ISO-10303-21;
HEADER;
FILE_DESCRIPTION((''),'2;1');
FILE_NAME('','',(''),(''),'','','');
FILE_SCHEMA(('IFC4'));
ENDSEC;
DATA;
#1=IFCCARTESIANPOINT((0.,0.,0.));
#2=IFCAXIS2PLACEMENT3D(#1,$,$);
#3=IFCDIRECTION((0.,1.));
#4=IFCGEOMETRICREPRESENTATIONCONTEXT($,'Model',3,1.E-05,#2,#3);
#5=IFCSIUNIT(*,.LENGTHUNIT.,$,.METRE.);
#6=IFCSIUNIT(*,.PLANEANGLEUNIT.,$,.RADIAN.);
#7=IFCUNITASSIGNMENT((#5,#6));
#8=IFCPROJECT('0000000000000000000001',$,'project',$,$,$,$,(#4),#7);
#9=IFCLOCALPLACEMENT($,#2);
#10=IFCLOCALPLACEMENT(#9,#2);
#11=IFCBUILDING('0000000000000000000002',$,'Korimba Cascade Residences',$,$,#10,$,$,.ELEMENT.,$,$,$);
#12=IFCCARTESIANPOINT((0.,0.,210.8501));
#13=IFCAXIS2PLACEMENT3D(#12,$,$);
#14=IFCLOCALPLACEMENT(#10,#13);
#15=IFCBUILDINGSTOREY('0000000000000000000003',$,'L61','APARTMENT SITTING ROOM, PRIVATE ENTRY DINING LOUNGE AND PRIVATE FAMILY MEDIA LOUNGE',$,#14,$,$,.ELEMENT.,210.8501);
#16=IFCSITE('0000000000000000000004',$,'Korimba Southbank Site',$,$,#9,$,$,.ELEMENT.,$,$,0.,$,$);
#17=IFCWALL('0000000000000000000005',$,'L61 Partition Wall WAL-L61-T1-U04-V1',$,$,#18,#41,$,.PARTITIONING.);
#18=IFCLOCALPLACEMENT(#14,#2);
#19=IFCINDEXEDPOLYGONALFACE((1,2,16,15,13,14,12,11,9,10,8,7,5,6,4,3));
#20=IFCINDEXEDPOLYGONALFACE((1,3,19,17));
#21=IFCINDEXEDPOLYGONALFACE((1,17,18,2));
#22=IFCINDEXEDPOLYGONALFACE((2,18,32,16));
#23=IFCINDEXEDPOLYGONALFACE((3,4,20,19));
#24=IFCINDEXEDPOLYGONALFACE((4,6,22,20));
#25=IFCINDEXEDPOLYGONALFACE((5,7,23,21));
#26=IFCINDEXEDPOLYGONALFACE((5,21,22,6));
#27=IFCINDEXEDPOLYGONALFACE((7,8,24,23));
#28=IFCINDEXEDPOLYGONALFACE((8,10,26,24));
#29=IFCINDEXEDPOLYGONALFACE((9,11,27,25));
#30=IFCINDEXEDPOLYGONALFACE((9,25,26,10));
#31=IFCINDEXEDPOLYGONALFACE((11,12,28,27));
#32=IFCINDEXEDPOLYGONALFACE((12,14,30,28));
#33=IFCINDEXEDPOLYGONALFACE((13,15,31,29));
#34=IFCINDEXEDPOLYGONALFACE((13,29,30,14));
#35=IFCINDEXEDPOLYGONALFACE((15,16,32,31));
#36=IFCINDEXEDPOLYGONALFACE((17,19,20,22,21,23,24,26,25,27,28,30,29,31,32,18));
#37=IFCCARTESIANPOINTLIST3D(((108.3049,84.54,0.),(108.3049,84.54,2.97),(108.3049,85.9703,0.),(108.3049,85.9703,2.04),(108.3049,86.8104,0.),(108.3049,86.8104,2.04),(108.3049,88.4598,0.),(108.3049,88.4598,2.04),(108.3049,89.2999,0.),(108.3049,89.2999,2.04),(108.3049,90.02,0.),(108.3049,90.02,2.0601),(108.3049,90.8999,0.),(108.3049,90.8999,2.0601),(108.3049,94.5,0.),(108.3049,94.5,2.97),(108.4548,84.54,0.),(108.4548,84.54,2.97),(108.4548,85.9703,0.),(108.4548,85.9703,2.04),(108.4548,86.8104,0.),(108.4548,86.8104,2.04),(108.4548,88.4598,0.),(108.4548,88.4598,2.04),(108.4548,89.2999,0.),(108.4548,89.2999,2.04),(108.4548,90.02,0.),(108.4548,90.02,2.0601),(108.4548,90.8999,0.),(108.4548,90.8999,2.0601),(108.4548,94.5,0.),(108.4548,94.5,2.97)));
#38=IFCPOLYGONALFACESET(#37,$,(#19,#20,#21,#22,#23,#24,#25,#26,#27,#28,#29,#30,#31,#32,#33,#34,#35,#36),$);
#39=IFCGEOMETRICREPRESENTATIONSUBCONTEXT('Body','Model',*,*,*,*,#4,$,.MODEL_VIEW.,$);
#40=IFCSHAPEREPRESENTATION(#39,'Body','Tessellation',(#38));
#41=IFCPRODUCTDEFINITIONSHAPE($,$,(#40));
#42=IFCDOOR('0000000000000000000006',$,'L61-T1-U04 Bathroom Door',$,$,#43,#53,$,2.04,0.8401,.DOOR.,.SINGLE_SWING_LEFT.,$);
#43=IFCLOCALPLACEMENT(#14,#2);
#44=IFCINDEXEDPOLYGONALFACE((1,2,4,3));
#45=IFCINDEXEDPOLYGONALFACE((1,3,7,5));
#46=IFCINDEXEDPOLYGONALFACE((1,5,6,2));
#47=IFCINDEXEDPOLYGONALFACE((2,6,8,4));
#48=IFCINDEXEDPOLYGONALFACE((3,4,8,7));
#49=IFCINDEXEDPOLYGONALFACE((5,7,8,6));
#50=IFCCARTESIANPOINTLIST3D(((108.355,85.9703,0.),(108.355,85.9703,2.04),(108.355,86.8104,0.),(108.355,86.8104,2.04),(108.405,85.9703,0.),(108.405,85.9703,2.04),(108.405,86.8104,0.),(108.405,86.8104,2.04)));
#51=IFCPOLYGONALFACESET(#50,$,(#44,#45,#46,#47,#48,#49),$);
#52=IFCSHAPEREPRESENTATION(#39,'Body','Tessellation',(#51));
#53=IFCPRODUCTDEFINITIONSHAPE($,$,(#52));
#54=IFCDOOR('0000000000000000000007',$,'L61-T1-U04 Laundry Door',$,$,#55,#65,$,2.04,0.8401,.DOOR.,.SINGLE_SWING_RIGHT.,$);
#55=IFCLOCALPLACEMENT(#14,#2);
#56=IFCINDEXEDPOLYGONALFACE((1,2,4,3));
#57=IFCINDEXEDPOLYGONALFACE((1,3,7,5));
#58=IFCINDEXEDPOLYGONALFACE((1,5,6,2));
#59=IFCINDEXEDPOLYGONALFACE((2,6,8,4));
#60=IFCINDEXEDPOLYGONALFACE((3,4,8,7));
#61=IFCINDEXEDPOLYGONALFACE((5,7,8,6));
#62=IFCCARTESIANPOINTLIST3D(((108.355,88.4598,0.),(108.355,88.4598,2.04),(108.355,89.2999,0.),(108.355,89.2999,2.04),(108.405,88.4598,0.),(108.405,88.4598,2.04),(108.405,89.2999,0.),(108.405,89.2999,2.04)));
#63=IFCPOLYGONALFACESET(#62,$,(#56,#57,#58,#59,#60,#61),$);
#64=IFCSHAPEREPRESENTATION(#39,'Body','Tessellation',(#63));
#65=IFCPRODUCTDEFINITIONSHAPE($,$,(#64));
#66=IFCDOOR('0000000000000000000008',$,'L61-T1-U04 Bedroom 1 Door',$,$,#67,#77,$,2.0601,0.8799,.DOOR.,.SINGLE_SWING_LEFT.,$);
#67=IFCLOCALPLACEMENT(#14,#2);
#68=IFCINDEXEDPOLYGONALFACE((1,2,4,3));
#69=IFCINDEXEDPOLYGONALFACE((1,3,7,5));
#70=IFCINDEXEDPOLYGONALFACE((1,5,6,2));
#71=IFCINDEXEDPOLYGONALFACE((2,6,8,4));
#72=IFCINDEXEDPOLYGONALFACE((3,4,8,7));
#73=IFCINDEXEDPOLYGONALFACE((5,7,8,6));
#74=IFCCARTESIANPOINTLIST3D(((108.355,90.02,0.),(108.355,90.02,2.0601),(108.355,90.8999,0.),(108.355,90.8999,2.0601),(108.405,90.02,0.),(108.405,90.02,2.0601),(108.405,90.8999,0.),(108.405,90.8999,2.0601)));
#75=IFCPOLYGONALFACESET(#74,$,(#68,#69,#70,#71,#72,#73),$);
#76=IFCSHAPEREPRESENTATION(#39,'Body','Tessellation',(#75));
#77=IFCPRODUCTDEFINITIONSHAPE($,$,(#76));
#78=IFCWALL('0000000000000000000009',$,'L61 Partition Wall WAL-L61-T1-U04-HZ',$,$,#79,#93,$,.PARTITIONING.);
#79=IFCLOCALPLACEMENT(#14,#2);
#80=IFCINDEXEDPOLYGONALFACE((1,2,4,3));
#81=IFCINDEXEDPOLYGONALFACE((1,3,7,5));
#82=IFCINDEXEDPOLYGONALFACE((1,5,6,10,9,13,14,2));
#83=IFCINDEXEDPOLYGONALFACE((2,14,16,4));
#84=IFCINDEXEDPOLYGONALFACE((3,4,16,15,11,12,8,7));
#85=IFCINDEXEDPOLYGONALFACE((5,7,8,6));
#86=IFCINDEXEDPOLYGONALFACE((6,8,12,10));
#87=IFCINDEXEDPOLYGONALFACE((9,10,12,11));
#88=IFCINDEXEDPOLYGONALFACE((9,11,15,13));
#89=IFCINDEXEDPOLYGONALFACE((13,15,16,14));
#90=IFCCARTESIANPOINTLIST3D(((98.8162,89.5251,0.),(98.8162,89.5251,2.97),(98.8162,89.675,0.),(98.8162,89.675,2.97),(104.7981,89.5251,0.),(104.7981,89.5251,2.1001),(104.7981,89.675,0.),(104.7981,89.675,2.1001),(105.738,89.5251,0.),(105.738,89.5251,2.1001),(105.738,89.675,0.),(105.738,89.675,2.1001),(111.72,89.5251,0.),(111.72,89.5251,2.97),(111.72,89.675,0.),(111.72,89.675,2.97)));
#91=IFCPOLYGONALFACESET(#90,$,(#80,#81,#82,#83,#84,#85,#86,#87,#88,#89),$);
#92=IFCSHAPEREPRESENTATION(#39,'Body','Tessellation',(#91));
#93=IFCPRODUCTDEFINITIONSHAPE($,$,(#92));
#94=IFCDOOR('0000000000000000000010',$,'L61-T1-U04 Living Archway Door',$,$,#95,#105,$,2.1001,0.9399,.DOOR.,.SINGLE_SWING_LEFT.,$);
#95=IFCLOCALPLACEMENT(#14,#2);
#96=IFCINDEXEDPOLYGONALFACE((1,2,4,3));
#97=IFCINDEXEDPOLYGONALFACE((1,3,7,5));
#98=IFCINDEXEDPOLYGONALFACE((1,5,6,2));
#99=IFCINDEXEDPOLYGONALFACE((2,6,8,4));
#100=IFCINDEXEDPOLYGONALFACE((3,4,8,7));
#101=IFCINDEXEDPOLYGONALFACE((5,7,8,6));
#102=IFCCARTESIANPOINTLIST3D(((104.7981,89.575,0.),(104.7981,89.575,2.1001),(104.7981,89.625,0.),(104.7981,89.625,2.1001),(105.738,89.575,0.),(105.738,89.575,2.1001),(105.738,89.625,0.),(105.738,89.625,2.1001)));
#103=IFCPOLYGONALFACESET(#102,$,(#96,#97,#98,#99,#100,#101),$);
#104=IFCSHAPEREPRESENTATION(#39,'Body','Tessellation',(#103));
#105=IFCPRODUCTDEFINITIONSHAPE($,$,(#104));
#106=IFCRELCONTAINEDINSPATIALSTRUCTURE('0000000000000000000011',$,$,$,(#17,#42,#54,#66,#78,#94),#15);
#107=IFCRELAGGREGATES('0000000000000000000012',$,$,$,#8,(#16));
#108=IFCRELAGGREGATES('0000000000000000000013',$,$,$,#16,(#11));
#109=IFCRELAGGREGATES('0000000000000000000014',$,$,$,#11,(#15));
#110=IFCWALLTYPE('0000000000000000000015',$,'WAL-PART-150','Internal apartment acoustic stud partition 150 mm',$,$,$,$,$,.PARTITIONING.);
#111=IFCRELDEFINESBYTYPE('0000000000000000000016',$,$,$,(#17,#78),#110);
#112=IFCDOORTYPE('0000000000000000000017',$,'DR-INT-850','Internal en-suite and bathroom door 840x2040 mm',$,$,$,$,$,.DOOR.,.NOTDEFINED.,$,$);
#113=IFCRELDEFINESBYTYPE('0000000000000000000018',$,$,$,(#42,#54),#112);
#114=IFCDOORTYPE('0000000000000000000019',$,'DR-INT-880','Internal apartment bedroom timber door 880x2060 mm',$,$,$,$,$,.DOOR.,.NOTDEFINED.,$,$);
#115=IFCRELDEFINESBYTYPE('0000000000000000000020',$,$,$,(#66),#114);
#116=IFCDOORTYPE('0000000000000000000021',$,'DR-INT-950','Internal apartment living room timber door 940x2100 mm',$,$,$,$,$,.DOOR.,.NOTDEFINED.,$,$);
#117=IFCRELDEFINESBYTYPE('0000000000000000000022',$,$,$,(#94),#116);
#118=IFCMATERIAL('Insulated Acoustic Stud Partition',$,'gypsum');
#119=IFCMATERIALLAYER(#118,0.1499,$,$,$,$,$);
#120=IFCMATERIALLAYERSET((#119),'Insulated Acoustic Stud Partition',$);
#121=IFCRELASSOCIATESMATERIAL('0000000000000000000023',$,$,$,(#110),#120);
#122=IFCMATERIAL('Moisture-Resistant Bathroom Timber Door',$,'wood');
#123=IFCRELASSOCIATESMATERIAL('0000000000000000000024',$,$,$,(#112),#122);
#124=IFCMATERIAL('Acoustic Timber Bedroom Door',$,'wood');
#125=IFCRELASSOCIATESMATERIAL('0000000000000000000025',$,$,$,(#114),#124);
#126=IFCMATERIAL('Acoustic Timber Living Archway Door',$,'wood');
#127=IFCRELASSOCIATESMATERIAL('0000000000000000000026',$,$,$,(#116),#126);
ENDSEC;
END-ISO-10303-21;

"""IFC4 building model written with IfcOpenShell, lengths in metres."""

from ifc_helpers import new_model, si_unit, direction, frame, frame_2d, origin, place, context, subcontext, project, spatial, rectangle, extrude, material, layer, layer_set, type_object, element, fill, save


model = new_model("IFC4")

# Units and contexts
model_context = context("Model", 3, precision=1e-05, world=origin(), true_north=direction((0.0, 1.0)))
body_context = subcontext(model_context, "Body", "Model", "MODEL_VIEW")
ifc_project = project(units=[si_unit("LENGTHUNIT", "METRE"), si_unit("PLANEANGLEUNIT", "RADIAN")], contexts=[model_context])

# Site, building, storey
site_placement = place(None, origin())
site = spatial("IfcSite", under=ifc_project, at=site_placement, Name="Korimba Southbank Site", CompositionType="ELEMENT", RefElevation=0.0)
building_placement = place(site_placement, origin())
building = spatial("IfcBuilding", under=site, at=building_placement, Name="Korimba Cascade Residences", CompositionType="ELEMENT")
storey_placement = place(building_placement, frame((0.0, 0.0, 210.8501)))
storey = spatial("IfcBuildingStorey", under=building, at=storey_placement, Name="L61", Description="APARTMENT SITTING ROOM, PRIVATE ENTRY DINING LOUNGE AND PRIVATE FAMILY MEDIA LOUNGE", CompositionType="ELEMENT", Elevation=210.8501)

# Shared definitions
ifc_material_1 = material(Name="Insulated Acoustic Stud Partition", Category="gypsum")
ifc_layer = layer(ifc_material_1, 0.1499)
ifc_layer_set = layer_set([ifc_layer], Name="Insulated Acoustic Stud Partition")
wall_type = type_object("IfcWallType", Name="WAL-PART-150", Description="Internal apartment acoustic stud partition 150 mm", PredefinedType="PARTITIONING", material=ifc_layer_set)

# Shared definitions
ifc_material_2 = material(Name="Moisture-Resistant Bathroom Timber Door", Category="wood")
door_type_1 = type_object("IfcDoorType", Name="DR-INT-850", Description="Internal en-suite and bathroom door 840x2040 mm", OperationType="NOTDEFINED", PredefinedType="DOOR", material=ifc_material_2)
ifc_material_3 = material(Name="Acoustic Timber Bedroom Door", Category="wood")
door_type_2 = type_object("IfcDoorType", Name="DR-INT-880", Description="Internal apartment bedroom timber door 880x2060 mm", OperationType="NOTDEFINED", PredefinedType="DOOR", material=ifc_material_3)

# Wall, openings, doors
wall_1_placement = place(storey_placement, frame((108.3799, 84.54, 0.0), z_axis=(0.0, 0.0, 1.0), x_axis=(0.0, 1.0, 0.0)))
wall_1 = element("IfcWall", 1, at=wall_1_placement, inside=storey, type_object=wall_type, Name="L61 Partition Wall WAL-L61-T1-U04-V1", PredefinedType="PARTITIONING", context=body_context, shape_type="SweptSolid", body=[
    extrude(rectangle(XDim=9.96, YDim=0.1499, at=frame_2d((4.98, 0.0))), origin(), (0.0, 0.0, 1.0), 2.97),
])
opening_1_placement = place(wall_1_placement, frame((1.4304, 0.0, 0.0)))
opening_1 = element("IfcOpeningElement", 2, at=opening_1_placement, cuts=wall_1, PredefinedType="OPENING", context=body_context, shape_type="SweptSolid", body=[
    extrude(rectangle(XDim=0.8401, YDim=2.04, at=frame_2d((0.4199, 1.02))), frame((0.0, 0.085, 0.0), z_axis=(0.0, -1.0, 0.0), x_axis=(1.0, 0.0, 0.0)), (0.0, 0.0, 1.0), 0.1699),
])
opening_2_placement = place(wall_1_placement, frame((3.9199, 0.0, 0.0)))
opening_2 = element("IfcOpeningElement", 3, at=opening_2_placement, cuts=wall_1, PredefinedType="OPENING", context=body_context, shape_type="SweptSolid", body=[
    extrude(rectangle(XDim=0.8401, YDim=2.04, at=frame_2d((0.4199, 1.02))), frame((0.0, 0.085, 0.0), z_axis=(0.0, -1.0, 0.0), x_axis=(1.0, 0.0, 0.0)), (0.0, 0.0, 1.0), 0.1699),
])
opening_3_placement = place(wall_1_placement, frame((5.48, 0.0, 0.0)))
opening_3 = element("IfcOpeningElement", 4, at=opening_3_placement, cuts=wall_1, PredefinedType="OPENING", context=body_context, shape_type="SweptSolid", body=[
    extrude(rectangle(XDim=0.8799, YDim=2.0601, at=frame_2d((0.4399, 1.03))), frame((0.0, 0.085, 0.0), z_axis=(0.0, -1.0, 0.0), x_axis=(1.0, 0.0, 0.0)), (0.0, 0.0, 1.0), 0.1699),
])
door_1_placement = place(opening_1_placement, origin())
door_1 = element("IfcDoor", 5, at=door_1_placement, inside=storey, type_object=door_type_1, Name="L61-T1-U04 Bathroom Door", OperationType="SINGLE_SWING_LEFT", OverallHeight=2.04, OverallWidth=0.8401, PredefinedType="DOOR", context=body_context, shape_type="SweptSolid", body=[
    extrude(rectangle(XDim=0.8401, YDim=2.04, at=frame_2d((0.4199, 1.02))), frame((0.0, 0.0249, 0.0), z_axis=(0.0, -1.0, 0.0), x_axis=(1.0, 0.0, 0.0)), (0.0, 0.0, 1.0), 0.05),
])
fill(opening_1, door_1)
door_2_placement = place(opening_2_placement, origin())
door_2 = element("IfcDoor", 6, at=door_2_placement, inside=storey, type_object=door_type_1, Name="L61-T1-U04 Laundry Door", OperationType="SINGLE_SWING_RIGHT", OverallHeight=2.04, OverallWidth=0.8401, PredefinedType="DOOR", context=body_context, shape_type="SweptSolid", body=[
    extrude(rectangle(XDim=0.8401, YDim=2.04, at=frame_2d((0.4199, 1.02))), frame((0.0, 0.0249, 0.0), z_axis=(0.0, -1.0, 0.0), x_axis=(1.0, 0.0, 0.0)), (0.0, 0.0, 1.0), 0.05),
])
fill(opening_2, door_2)
door_3_placement = place(opening_3_placement, origin())
door_3 = element("IfcDoor", 7, at=door_3_placement, inside=storey, type_object=door_type_2, Name="L61-T1-U04 Bedroom 1 Door", OperationType="SINGLE_SWING_LEFT", OverallHeight=2.0601, OverallWidth=0.8799, PredefinedType="DOOR", context=body_context, shape_type="SweptSolid", body=[
    extrude(rectangle(XDim=0.8799, YDim=2.0601, at=frame_2d((0.4399, 1.03))), frame((0.0, 0.0249, 0.0), z_axis=(0.0, -1.0, 0.0), x_axis=(1.0, 0.0, 0.0)), (0.0, 0.0, 1.0), 0.05),
])
fill(opening_3, door_3)

# Wall, opening, door
wall_2_placement = place(storey_placement, frame((98.8162, 89.6001, 0.0), z_axis=(0.0, 0.0, 1.0), x_axis=(1.0, 0.0, 0.0)))
wall_2 = element("IfcWall", 8, at=wall_2_placement, inside=storey, type_object=wall_type, Name="L61 Partition Wall WAL-L61-T1-U04-HZ", PredefinedType="PARTITIONING", context=body_context, shape_type="SweptSolid", body=[
    extrude(rectangle(XDim=12.9038, YDim=0.1499, at=frame_2d((6.4519, 0.0))), origin(), (0.0, 0.0, 1.0), 2.97),
])
opening_4_placement = place(wall_2_placement, frame((5.9819, 0.0, 0.0)))
opening_4 = element("IfcOpeningElement", 9, at=opening_4_placement, cuts=wall_2, PredefinedType="OPENING", context=body_context, shape_type="SweptSolid", body=[
    extrude(rectangle(XDim=0.9399, YDim=2.1001, at=frame_2d((0.47, 1.05))), frame((0.0, 0.085, 0.0), z_axis=(0.0, -1.0, 0.0), x_axis=(1.0, 0.0, 0.0)), (0.0, 0.0, 1.0), 0.1699),
])
ifc_material_4 = material(Name="Acoustic Timber Living Archway Door", Category="wood")
door_type_3 = type_object("IfcDoorType", Name="DR-INT-950", Description="Internal apartment living room timber door 940x2100 mm", OperationType="NOTDEFINED", PredefinedType="DOOR", material=ifc_material_4)
door_4_placement = place(opening_4_placement, origin())
door_4 = element("IfcDoor", 10, at=door_4_placement, inside=storey, type_object=door_type_3, Name="L61-T1-U04 Living Archway Door", OperationType="SINGLE_SWING_LEFT", OverallHeight=2.1001, OverallWidth=0.9399, PredefinedType="DOOR", context=body_context, shape_type="SweptSolid", body=[
    extrude(rectangle(XDim=0.9399, YDim=2.1001, at=frame_2d((0.47, 1.05))), frame((0.0, 0.0249, 0.0), z_axis=(0.0, -1.0, 0.0), x_axis=(1.0, 0.0, 0.0)), (0.0, 0.0, 1.0), 0.05),
])
fill(opening_4, door_4)

save(model, "model.ifc")
